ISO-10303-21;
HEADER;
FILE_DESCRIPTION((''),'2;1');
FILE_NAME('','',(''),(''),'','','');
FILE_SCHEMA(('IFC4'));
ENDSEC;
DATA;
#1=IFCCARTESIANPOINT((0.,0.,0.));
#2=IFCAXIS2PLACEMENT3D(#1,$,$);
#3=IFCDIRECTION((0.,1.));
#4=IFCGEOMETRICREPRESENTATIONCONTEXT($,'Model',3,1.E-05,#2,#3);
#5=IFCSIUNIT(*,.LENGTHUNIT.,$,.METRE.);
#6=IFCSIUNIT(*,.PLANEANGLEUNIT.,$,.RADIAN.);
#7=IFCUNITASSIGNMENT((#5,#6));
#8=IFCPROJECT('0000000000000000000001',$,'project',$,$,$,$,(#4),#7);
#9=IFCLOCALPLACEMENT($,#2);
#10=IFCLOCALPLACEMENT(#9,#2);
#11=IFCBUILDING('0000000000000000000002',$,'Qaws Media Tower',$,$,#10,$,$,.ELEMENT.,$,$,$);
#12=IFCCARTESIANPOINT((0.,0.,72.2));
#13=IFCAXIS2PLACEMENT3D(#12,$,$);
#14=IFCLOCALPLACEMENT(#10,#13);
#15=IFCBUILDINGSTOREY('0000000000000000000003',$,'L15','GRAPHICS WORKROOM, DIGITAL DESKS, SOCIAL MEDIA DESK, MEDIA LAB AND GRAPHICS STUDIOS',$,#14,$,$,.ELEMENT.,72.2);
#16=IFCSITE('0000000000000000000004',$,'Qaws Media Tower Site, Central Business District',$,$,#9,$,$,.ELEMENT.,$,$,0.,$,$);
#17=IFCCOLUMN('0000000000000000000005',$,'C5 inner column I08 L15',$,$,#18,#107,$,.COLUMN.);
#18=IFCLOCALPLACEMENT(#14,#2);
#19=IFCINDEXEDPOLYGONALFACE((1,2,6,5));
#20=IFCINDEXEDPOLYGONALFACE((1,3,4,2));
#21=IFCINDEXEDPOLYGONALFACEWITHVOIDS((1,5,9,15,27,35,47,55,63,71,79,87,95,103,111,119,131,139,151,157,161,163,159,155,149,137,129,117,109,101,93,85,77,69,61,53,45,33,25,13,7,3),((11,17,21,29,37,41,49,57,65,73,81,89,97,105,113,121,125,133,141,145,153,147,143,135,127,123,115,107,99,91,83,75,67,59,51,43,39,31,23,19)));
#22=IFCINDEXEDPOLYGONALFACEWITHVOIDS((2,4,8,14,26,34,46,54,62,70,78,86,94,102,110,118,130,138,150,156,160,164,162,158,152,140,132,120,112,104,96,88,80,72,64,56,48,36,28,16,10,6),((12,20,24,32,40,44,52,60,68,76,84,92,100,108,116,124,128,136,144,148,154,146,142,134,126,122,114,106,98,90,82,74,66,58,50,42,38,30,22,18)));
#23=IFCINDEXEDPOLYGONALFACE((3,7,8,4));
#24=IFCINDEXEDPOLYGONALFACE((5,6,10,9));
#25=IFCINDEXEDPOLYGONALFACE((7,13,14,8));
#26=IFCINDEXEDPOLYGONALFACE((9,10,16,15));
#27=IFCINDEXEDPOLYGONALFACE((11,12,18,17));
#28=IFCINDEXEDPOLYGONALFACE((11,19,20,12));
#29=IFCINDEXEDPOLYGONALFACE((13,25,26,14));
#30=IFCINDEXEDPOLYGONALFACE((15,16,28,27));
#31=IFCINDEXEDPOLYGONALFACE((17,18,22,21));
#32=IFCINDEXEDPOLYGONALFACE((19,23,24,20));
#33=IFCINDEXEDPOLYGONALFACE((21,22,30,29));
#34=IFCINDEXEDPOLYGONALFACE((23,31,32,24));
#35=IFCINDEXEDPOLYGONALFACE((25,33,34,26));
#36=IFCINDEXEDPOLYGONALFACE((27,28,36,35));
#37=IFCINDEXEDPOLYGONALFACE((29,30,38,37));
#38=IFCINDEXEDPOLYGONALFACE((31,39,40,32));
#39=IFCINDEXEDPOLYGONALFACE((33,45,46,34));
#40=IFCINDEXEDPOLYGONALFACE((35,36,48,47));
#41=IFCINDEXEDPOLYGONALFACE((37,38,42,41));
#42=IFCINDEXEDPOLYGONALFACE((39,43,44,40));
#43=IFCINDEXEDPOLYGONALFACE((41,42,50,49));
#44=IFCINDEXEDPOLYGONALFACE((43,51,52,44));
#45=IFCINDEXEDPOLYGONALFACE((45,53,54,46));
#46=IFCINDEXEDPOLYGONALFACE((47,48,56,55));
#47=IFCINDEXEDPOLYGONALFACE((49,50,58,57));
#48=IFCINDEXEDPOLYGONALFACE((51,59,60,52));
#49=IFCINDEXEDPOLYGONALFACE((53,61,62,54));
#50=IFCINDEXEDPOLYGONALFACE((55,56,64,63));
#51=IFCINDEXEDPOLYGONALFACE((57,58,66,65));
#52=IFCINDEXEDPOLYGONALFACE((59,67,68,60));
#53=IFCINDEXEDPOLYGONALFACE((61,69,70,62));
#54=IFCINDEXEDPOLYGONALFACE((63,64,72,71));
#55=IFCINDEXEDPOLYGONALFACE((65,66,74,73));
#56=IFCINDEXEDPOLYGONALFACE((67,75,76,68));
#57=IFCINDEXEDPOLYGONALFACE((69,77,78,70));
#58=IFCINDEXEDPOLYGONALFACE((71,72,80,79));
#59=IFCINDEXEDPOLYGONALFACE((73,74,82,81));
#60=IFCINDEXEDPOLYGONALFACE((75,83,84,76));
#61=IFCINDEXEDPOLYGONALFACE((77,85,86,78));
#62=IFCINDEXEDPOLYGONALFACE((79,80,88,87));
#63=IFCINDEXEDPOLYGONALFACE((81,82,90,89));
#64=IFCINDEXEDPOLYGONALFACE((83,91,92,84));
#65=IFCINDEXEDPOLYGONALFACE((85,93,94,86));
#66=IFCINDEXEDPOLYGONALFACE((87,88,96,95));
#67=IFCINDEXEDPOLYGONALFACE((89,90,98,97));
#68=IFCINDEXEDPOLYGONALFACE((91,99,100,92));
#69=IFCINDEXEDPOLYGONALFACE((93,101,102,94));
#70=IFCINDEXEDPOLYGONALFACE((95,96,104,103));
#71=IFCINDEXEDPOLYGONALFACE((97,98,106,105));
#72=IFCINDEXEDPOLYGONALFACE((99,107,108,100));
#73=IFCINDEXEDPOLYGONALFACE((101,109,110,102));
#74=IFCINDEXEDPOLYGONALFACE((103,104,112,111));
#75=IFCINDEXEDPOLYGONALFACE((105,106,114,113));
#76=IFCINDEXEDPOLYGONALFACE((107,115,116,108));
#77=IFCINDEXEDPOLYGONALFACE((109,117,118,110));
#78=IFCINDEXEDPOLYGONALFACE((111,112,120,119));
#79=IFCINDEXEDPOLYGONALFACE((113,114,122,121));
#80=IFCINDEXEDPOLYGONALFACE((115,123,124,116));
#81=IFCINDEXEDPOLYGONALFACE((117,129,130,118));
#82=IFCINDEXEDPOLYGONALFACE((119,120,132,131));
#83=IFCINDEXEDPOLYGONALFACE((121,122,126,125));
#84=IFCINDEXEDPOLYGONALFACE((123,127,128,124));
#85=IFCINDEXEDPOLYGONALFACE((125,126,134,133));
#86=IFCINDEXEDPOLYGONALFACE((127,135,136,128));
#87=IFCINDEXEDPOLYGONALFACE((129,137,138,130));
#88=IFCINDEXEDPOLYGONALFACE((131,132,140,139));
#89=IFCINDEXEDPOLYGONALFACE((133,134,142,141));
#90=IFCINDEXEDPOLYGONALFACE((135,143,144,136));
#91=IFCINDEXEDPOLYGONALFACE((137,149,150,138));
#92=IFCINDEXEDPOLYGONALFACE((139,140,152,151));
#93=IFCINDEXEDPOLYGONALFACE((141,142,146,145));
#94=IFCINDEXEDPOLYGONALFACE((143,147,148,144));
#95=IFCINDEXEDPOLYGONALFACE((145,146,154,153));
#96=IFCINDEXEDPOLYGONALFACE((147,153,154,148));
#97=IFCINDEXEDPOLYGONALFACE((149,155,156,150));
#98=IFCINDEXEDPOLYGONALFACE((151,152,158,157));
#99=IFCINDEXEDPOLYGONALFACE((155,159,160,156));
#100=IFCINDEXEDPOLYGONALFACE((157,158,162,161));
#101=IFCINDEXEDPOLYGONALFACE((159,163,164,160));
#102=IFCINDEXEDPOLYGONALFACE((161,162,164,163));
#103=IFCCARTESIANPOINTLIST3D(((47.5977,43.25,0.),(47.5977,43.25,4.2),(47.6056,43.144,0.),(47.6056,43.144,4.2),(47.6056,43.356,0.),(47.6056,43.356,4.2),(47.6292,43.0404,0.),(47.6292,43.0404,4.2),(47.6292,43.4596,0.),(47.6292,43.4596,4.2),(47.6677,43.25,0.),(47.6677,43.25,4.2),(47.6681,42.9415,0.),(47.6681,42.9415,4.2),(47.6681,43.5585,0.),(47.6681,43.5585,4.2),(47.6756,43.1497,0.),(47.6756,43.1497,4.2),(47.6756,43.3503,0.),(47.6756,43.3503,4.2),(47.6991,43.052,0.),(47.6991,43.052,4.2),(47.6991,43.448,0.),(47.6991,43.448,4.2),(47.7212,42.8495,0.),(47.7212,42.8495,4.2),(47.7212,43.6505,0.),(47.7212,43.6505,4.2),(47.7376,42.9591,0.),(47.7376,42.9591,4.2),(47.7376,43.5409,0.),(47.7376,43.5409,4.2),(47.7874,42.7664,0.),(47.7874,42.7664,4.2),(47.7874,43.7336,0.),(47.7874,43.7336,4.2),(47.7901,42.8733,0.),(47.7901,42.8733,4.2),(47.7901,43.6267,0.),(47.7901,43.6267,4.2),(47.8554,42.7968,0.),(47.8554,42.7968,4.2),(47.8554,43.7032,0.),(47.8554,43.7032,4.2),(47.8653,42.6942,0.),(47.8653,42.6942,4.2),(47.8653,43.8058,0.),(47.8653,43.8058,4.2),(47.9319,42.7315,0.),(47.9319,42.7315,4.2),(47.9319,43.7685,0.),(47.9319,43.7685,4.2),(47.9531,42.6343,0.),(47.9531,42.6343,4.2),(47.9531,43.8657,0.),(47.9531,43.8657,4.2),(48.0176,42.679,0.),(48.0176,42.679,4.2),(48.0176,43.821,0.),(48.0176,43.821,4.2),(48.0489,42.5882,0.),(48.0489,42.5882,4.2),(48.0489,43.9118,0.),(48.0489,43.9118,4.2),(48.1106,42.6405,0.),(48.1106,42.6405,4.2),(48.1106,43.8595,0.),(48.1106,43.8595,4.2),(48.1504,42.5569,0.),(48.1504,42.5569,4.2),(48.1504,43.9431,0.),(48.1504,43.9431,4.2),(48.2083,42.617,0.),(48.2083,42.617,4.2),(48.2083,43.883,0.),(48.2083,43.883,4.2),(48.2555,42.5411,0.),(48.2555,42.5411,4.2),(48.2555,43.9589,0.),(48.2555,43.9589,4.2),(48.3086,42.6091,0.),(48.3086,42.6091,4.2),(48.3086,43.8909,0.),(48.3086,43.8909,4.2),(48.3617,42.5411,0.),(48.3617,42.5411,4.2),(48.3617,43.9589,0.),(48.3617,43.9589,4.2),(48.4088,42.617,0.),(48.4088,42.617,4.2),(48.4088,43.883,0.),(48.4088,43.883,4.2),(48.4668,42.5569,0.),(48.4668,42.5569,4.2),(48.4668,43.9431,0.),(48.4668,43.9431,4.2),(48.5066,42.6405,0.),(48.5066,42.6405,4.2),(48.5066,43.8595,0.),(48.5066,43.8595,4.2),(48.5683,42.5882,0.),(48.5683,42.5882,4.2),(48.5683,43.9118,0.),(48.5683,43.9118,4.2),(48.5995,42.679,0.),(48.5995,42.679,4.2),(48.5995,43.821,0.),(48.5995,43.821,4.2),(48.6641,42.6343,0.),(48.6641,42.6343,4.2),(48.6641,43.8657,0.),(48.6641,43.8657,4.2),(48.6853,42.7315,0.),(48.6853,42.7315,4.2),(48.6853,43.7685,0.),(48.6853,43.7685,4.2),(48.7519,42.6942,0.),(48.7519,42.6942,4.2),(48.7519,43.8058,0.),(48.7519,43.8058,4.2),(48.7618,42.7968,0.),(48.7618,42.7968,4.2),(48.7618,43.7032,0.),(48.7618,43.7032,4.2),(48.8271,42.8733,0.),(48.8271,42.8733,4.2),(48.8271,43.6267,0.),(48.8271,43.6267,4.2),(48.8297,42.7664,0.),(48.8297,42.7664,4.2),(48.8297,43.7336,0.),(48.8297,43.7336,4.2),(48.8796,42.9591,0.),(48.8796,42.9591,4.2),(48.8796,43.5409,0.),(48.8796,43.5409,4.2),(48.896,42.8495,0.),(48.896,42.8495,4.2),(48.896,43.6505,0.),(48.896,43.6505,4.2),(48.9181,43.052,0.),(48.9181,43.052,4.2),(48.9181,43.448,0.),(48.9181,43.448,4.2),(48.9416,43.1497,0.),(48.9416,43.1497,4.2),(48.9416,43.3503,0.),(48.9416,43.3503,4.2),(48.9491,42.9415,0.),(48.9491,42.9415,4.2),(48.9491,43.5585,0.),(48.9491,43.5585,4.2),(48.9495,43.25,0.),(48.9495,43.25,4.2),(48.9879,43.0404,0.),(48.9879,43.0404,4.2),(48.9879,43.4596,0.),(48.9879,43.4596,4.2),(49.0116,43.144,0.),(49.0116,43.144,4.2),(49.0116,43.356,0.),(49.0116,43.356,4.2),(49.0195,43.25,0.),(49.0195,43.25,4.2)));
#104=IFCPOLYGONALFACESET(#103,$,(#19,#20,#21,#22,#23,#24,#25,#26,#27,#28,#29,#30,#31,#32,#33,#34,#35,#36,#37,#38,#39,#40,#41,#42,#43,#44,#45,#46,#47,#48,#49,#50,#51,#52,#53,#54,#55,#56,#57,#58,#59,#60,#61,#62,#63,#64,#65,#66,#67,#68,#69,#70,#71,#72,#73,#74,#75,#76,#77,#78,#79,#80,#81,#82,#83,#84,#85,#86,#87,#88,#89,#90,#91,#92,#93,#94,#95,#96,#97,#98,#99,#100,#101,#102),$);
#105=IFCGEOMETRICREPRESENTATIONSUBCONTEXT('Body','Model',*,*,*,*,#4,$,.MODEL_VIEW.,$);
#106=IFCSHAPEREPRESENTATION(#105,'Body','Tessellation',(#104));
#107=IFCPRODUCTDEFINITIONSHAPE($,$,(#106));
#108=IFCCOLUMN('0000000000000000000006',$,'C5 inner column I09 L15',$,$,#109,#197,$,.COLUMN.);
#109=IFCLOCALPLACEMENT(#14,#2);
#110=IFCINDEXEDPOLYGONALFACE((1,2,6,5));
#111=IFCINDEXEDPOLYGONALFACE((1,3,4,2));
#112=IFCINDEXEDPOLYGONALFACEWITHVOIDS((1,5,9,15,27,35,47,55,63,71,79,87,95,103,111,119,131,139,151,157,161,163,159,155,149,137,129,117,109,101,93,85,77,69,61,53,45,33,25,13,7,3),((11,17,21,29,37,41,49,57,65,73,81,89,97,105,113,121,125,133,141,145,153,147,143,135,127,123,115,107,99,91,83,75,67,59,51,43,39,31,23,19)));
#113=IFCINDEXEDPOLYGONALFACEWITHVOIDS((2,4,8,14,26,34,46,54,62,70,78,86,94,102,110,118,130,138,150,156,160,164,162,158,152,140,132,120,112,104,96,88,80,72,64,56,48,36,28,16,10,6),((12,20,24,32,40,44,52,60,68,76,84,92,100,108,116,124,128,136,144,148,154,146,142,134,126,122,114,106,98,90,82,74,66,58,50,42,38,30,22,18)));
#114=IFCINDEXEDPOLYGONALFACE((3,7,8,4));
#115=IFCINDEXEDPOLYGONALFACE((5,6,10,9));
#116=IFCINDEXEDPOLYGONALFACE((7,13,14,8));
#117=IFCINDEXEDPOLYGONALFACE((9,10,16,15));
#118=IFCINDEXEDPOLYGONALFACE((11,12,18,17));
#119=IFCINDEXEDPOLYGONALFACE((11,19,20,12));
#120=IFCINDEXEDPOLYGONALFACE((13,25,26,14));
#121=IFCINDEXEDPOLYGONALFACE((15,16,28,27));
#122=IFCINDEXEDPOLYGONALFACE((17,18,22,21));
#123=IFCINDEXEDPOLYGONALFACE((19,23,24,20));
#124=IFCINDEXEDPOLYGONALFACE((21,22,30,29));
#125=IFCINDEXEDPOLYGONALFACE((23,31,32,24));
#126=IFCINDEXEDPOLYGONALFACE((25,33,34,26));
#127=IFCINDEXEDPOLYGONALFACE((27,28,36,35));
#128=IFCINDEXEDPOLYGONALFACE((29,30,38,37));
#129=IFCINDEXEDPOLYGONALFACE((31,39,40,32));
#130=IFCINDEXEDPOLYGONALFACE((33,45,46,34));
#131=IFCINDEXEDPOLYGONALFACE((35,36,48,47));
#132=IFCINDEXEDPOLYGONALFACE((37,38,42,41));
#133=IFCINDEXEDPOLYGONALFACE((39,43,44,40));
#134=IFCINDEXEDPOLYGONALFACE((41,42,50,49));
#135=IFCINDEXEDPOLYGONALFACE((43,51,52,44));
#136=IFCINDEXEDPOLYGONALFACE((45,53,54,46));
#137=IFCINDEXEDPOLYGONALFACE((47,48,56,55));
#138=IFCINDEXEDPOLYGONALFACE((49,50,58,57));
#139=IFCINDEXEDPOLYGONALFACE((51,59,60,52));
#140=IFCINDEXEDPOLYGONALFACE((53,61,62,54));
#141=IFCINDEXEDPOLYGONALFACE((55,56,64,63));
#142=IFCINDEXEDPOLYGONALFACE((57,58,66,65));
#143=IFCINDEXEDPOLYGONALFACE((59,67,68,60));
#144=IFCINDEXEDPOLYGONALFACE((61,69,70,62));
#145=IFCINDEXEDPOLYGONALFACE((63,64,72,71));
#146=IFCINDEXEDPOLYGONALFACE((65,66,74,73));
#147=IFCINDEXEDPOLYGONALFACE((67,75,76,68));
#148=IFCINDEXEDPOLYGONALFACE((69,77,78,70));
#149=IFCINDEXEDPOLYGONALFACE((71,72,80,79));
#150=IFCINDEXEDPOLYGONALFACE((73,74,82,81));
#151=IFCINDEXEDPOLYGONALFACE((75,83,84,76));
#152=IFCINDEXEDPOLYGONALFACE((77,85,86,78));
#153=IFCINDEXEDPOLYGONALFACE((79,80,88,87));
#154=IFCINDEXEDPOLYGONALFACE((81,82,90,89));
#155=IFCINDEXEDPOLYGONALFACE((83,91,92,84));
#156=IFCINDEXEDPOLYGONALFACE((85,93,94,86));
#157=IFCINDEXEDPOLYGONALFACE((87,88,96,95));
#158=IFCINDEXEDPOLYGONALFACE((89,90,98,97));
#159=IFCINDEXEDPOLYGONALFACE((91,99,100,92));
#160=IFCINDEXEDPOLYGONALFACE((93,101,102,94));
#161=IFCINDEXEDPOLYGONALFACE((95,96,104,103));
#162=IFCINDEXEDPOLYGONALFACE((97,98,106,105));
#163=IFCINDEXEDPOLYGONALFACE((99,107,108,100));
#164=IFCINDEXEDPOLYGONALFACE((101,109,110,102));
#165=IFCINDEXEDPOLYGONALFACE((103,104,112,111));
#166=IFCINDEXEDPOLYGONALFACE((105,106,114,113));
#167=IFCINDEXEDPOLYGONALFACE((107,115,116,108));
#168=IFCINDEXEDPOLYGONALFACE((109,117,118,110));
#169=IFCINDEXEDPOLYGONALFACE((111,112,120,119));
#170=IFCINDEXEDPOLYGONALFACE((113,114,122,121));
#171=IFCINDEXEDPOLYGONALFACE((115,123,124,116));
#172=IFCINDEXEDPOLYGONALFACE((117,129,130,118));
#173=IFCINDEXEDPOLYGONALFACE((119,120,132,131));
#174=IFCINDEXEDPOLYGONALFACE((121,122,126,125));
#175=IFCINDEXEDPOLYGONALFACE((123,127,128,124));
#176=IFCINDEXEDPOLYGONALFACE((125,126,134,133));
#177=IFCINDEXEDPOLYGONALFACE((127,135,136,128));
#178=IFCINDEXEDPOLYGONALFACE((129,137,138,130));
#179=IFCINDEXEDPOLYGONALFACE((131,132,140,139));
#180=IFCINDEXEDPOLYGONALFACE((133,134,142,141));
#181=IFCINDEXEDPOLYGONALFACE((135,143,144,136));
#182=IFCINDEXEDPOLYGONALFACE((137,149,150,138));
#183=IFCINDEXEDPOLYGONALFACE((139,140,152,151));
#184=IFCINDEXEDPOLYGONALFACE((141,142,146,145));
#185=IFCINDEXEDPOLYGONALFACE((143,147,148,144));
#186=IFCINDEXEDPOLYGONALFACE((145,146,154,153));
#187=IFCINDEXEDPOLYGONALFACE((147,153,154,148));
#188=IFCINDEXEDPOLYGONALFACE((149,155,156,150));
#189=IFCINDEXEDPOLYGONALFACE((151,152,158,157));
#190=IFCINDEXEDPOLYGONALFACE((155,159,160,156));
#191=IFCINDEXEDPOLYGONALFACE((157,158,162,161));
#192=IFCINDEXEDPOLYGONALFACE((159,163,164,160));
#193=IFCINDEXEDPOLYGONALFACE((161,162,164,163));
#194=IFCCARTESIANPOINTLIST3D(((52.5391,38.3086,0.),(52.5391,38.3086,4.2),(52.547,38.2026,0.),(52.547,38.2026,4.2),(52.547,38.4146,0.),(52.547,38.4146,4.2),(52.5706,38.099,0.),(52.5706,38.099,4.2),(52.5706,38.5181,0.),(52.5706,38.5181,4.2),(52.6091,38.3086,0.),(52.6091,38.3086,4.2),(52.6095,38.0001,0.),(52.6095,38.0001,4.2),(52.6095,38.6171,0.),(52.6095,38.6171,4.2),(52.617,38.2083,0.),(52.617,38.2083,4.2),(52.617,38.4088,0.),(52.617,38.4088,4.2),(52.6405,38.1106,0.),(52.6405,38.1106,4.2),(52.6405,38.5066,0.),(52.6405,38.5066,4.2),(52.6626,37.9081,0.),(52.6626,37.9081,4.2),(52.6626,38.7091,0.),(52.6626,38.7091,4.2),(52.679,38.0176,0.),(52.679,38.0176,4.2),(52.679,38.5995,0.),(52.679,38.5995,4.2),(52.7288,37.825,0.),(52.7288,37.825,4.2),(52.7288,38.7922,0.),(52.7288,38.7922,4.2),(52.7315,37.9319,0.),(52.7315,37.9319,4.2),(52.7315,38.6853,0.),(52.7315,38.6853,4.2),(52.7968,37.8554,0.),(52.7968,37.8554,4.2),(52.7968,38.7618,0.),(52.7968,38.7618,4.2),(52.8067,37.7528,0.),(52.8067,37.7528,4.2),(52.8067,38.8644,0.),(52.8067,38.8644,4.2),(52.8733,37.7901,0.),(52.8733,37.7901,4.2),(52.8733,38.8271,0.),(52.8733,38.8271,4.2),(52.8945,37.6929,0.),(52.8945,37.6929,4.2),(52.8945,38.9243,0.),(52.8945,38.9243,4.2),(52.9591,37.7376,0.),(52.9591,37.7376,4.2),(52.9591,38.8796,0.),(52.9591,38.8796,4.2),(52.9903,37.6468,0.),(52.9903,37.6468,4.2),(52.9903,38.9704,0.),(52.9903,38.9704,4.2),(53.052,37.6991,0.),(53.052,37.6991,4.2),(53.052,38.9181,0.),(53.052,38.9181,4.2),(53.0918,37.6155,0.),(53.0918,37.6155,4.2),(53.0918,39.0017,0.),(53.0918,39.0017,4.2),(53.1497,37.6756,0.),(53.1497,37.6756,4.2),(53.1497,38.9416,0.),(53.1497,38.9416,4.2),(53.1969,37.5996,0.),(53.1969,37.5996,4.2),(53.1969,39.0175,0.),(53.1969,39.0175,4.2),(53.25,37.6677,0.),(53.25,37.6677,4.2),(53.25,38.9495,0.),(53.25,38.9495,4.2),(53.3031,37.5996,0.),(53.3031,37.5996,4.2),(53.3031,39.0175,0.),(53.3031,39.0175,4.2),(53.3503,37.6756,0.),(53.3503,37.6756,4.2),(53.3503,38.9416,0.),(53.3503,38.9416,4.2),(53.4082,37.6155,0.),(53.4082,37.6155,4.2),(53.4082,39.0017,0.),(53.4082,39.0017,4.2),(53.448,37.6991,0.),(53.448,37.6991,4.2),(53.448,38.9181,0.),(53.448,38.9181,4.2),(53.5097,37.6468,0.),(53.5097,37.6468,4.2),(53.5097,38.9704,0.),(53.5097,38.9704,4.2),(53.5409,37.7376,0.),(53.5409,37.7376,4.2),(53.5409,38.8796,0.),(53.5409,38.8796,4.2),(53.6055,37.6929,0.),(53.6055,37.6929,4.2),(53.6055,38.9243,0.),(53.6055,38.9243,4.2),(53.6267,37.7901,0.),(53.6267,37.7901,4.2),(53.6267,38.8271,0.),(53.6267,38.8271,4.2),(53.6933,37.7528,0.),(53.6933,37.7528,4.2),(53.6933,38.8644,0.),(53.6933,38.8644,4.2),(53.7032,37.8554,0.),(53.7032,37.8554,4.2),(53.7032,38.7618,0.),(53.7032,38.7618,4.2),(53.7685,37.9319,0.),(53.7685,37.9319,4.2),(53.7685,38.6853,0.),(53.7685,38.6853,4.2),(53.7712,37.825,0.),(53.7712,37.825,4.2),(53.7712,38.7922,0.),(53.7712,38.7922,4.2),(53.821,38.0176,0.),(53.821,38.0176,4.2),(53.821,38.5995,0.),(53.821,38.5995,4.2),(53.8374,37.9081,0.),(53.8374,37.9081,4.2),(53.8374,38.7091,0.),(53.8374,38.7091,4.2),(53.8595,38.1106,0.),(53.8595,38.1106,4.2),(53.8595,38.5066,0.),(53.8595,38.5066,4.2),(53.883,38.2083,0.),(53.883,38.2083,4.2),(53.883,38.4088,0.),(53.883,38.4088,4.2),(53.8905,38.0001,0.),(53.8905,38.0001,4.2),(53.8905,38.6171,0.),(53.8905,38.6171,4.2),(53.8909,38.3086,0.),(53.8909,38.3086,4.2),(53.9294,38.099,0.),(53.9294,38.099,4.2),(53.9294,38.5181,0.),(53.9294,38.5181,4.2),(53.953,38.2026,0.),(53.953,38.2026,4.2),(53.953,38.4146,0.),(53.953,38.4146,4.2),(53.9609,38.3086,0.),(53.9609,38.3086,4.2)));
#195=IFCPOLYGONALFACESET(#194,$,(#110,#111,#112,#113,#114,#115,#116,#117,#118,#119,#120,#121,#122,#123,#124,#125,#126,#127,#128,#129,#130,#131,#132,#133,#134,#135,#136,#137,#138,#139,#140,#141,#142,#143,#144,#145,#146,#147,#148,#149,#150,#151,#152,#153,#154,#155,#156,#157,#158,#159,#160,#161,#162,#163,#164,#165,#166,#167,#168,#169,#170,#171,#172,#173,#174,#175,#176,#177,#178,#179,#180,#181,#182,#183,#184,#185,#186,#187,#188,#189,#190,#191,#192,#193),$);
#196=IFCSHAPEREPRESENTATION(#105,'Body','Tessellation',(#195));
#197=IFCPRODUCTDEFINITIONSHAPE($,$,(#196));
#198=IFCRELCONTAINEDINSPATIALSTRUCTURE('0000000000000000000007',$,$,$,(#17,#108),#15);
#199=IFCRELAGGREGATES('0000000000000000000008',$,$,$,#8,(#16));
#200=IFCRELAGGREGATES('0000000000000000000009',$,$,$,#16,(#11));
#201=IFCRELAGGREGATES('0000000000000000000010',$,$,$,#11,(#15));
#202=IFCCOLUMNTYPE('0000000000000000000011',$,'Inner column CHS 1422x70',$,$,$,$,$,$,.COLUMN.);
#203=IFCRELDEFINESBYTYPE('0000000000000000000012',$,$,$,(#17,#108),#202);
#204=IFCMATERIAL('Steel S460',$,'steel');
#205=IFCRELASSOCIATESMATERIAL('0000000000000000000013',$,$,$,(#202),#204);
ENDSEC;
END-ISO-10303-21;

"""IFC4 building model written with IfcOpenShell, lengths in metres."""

from ifc_helpers import new_model, si_unit, direction, frame, origin, origin_2d, place, context, subcontext, project, spatial, hollow_circle, extrude, material, material_profile, profile_set, type_object, element, save


model = new_model("IFC4")

# Units and contexts
model_context = context("Model", 3, precision=1e-05, world=origin(), true_north=direction((0.0, 1.0)))
body_context = subcontext(model_context, "Body", "Model", "MODEL_VIEW")
ifc_project = project(units=[si_unit("LENGTHUNIT", "METRE"), si_unit("PLANEANGLEUNIT", "RADIAN")], contexts=[model_context])

# Site, building, storey
site_placement = place(None, origin())
site = spatial("IfcSite", under=ifc_project, at=site_placement, Name="Qaws Media Tower Site, Central Business District", CompositionType="ELEMENT", RefElevation=0.0)
building_placement = place(site_placement, origin())
building = spatial("IfcBuilding", under=site, at=building_placement, Name="Qaws Media Tower", CompositionType="ELEMENT")
storey_placement = place(building_placement, frame((0.0, 0.0, 72.2)))
storey = spatial("IfcBuildingStorey", under=building, at=storey_placement, Name="L15", Description="GRAPHICS WORKROOM, DIGITAL DESKS, SOCIAL MEDIA DESK, MEDIA LAB AND GRAPHICS STUDIOS", CompositionType="ELEMENT", Elevation=72.2)

# Columns
ifc_material_1 = material(Name="Steel S460", Category="steel")
ifc_material_profile_1 = material_profile(ifc_material_1, hollow_circle(Radius=0.7109, WallThickness=0.0701, at=origin_2d()), Name="CHS 1422x70")
ifc_profile_set_1 = profile_set([ifc_material_profile_1], Name="Steel S460")
column_type = type_object("IfcColumnType", Name="Inner column CHS 1422x70", PredefinedType="COLUMN", material=ifc_profile_set_1)
for number, where, z_axis, x_axis, name in (
    (1, (48.3086, 43.25, 0.0), (0.0, 0.0, 1.0), (1.0, 0.0, 0.0), "C5 inner column I08 L15"),
    (2, (53.25, 38.3086, 0.0), (0.0, 0.0, 1.0), (1.0, 0.0, 0.0), "C5 inner column I09 L15"),
):
    element("IfcColumn", number, at=place(storey_placement, frame(where, z_axis=z_axis, x_axis=x_axis)), inside=storey, type_object=column_type, Name=name, PredefinedType="COLUMN", context=body_context, shape_type="SweptSolid", body=[
        extrude(hollow_circle(Radius=0.7109, WallThickness=0.0701, at=origin_2d()), origin(), (0.0, 0.0, 1.0), 4.2),
    ])

save(model, "model.ifc")
